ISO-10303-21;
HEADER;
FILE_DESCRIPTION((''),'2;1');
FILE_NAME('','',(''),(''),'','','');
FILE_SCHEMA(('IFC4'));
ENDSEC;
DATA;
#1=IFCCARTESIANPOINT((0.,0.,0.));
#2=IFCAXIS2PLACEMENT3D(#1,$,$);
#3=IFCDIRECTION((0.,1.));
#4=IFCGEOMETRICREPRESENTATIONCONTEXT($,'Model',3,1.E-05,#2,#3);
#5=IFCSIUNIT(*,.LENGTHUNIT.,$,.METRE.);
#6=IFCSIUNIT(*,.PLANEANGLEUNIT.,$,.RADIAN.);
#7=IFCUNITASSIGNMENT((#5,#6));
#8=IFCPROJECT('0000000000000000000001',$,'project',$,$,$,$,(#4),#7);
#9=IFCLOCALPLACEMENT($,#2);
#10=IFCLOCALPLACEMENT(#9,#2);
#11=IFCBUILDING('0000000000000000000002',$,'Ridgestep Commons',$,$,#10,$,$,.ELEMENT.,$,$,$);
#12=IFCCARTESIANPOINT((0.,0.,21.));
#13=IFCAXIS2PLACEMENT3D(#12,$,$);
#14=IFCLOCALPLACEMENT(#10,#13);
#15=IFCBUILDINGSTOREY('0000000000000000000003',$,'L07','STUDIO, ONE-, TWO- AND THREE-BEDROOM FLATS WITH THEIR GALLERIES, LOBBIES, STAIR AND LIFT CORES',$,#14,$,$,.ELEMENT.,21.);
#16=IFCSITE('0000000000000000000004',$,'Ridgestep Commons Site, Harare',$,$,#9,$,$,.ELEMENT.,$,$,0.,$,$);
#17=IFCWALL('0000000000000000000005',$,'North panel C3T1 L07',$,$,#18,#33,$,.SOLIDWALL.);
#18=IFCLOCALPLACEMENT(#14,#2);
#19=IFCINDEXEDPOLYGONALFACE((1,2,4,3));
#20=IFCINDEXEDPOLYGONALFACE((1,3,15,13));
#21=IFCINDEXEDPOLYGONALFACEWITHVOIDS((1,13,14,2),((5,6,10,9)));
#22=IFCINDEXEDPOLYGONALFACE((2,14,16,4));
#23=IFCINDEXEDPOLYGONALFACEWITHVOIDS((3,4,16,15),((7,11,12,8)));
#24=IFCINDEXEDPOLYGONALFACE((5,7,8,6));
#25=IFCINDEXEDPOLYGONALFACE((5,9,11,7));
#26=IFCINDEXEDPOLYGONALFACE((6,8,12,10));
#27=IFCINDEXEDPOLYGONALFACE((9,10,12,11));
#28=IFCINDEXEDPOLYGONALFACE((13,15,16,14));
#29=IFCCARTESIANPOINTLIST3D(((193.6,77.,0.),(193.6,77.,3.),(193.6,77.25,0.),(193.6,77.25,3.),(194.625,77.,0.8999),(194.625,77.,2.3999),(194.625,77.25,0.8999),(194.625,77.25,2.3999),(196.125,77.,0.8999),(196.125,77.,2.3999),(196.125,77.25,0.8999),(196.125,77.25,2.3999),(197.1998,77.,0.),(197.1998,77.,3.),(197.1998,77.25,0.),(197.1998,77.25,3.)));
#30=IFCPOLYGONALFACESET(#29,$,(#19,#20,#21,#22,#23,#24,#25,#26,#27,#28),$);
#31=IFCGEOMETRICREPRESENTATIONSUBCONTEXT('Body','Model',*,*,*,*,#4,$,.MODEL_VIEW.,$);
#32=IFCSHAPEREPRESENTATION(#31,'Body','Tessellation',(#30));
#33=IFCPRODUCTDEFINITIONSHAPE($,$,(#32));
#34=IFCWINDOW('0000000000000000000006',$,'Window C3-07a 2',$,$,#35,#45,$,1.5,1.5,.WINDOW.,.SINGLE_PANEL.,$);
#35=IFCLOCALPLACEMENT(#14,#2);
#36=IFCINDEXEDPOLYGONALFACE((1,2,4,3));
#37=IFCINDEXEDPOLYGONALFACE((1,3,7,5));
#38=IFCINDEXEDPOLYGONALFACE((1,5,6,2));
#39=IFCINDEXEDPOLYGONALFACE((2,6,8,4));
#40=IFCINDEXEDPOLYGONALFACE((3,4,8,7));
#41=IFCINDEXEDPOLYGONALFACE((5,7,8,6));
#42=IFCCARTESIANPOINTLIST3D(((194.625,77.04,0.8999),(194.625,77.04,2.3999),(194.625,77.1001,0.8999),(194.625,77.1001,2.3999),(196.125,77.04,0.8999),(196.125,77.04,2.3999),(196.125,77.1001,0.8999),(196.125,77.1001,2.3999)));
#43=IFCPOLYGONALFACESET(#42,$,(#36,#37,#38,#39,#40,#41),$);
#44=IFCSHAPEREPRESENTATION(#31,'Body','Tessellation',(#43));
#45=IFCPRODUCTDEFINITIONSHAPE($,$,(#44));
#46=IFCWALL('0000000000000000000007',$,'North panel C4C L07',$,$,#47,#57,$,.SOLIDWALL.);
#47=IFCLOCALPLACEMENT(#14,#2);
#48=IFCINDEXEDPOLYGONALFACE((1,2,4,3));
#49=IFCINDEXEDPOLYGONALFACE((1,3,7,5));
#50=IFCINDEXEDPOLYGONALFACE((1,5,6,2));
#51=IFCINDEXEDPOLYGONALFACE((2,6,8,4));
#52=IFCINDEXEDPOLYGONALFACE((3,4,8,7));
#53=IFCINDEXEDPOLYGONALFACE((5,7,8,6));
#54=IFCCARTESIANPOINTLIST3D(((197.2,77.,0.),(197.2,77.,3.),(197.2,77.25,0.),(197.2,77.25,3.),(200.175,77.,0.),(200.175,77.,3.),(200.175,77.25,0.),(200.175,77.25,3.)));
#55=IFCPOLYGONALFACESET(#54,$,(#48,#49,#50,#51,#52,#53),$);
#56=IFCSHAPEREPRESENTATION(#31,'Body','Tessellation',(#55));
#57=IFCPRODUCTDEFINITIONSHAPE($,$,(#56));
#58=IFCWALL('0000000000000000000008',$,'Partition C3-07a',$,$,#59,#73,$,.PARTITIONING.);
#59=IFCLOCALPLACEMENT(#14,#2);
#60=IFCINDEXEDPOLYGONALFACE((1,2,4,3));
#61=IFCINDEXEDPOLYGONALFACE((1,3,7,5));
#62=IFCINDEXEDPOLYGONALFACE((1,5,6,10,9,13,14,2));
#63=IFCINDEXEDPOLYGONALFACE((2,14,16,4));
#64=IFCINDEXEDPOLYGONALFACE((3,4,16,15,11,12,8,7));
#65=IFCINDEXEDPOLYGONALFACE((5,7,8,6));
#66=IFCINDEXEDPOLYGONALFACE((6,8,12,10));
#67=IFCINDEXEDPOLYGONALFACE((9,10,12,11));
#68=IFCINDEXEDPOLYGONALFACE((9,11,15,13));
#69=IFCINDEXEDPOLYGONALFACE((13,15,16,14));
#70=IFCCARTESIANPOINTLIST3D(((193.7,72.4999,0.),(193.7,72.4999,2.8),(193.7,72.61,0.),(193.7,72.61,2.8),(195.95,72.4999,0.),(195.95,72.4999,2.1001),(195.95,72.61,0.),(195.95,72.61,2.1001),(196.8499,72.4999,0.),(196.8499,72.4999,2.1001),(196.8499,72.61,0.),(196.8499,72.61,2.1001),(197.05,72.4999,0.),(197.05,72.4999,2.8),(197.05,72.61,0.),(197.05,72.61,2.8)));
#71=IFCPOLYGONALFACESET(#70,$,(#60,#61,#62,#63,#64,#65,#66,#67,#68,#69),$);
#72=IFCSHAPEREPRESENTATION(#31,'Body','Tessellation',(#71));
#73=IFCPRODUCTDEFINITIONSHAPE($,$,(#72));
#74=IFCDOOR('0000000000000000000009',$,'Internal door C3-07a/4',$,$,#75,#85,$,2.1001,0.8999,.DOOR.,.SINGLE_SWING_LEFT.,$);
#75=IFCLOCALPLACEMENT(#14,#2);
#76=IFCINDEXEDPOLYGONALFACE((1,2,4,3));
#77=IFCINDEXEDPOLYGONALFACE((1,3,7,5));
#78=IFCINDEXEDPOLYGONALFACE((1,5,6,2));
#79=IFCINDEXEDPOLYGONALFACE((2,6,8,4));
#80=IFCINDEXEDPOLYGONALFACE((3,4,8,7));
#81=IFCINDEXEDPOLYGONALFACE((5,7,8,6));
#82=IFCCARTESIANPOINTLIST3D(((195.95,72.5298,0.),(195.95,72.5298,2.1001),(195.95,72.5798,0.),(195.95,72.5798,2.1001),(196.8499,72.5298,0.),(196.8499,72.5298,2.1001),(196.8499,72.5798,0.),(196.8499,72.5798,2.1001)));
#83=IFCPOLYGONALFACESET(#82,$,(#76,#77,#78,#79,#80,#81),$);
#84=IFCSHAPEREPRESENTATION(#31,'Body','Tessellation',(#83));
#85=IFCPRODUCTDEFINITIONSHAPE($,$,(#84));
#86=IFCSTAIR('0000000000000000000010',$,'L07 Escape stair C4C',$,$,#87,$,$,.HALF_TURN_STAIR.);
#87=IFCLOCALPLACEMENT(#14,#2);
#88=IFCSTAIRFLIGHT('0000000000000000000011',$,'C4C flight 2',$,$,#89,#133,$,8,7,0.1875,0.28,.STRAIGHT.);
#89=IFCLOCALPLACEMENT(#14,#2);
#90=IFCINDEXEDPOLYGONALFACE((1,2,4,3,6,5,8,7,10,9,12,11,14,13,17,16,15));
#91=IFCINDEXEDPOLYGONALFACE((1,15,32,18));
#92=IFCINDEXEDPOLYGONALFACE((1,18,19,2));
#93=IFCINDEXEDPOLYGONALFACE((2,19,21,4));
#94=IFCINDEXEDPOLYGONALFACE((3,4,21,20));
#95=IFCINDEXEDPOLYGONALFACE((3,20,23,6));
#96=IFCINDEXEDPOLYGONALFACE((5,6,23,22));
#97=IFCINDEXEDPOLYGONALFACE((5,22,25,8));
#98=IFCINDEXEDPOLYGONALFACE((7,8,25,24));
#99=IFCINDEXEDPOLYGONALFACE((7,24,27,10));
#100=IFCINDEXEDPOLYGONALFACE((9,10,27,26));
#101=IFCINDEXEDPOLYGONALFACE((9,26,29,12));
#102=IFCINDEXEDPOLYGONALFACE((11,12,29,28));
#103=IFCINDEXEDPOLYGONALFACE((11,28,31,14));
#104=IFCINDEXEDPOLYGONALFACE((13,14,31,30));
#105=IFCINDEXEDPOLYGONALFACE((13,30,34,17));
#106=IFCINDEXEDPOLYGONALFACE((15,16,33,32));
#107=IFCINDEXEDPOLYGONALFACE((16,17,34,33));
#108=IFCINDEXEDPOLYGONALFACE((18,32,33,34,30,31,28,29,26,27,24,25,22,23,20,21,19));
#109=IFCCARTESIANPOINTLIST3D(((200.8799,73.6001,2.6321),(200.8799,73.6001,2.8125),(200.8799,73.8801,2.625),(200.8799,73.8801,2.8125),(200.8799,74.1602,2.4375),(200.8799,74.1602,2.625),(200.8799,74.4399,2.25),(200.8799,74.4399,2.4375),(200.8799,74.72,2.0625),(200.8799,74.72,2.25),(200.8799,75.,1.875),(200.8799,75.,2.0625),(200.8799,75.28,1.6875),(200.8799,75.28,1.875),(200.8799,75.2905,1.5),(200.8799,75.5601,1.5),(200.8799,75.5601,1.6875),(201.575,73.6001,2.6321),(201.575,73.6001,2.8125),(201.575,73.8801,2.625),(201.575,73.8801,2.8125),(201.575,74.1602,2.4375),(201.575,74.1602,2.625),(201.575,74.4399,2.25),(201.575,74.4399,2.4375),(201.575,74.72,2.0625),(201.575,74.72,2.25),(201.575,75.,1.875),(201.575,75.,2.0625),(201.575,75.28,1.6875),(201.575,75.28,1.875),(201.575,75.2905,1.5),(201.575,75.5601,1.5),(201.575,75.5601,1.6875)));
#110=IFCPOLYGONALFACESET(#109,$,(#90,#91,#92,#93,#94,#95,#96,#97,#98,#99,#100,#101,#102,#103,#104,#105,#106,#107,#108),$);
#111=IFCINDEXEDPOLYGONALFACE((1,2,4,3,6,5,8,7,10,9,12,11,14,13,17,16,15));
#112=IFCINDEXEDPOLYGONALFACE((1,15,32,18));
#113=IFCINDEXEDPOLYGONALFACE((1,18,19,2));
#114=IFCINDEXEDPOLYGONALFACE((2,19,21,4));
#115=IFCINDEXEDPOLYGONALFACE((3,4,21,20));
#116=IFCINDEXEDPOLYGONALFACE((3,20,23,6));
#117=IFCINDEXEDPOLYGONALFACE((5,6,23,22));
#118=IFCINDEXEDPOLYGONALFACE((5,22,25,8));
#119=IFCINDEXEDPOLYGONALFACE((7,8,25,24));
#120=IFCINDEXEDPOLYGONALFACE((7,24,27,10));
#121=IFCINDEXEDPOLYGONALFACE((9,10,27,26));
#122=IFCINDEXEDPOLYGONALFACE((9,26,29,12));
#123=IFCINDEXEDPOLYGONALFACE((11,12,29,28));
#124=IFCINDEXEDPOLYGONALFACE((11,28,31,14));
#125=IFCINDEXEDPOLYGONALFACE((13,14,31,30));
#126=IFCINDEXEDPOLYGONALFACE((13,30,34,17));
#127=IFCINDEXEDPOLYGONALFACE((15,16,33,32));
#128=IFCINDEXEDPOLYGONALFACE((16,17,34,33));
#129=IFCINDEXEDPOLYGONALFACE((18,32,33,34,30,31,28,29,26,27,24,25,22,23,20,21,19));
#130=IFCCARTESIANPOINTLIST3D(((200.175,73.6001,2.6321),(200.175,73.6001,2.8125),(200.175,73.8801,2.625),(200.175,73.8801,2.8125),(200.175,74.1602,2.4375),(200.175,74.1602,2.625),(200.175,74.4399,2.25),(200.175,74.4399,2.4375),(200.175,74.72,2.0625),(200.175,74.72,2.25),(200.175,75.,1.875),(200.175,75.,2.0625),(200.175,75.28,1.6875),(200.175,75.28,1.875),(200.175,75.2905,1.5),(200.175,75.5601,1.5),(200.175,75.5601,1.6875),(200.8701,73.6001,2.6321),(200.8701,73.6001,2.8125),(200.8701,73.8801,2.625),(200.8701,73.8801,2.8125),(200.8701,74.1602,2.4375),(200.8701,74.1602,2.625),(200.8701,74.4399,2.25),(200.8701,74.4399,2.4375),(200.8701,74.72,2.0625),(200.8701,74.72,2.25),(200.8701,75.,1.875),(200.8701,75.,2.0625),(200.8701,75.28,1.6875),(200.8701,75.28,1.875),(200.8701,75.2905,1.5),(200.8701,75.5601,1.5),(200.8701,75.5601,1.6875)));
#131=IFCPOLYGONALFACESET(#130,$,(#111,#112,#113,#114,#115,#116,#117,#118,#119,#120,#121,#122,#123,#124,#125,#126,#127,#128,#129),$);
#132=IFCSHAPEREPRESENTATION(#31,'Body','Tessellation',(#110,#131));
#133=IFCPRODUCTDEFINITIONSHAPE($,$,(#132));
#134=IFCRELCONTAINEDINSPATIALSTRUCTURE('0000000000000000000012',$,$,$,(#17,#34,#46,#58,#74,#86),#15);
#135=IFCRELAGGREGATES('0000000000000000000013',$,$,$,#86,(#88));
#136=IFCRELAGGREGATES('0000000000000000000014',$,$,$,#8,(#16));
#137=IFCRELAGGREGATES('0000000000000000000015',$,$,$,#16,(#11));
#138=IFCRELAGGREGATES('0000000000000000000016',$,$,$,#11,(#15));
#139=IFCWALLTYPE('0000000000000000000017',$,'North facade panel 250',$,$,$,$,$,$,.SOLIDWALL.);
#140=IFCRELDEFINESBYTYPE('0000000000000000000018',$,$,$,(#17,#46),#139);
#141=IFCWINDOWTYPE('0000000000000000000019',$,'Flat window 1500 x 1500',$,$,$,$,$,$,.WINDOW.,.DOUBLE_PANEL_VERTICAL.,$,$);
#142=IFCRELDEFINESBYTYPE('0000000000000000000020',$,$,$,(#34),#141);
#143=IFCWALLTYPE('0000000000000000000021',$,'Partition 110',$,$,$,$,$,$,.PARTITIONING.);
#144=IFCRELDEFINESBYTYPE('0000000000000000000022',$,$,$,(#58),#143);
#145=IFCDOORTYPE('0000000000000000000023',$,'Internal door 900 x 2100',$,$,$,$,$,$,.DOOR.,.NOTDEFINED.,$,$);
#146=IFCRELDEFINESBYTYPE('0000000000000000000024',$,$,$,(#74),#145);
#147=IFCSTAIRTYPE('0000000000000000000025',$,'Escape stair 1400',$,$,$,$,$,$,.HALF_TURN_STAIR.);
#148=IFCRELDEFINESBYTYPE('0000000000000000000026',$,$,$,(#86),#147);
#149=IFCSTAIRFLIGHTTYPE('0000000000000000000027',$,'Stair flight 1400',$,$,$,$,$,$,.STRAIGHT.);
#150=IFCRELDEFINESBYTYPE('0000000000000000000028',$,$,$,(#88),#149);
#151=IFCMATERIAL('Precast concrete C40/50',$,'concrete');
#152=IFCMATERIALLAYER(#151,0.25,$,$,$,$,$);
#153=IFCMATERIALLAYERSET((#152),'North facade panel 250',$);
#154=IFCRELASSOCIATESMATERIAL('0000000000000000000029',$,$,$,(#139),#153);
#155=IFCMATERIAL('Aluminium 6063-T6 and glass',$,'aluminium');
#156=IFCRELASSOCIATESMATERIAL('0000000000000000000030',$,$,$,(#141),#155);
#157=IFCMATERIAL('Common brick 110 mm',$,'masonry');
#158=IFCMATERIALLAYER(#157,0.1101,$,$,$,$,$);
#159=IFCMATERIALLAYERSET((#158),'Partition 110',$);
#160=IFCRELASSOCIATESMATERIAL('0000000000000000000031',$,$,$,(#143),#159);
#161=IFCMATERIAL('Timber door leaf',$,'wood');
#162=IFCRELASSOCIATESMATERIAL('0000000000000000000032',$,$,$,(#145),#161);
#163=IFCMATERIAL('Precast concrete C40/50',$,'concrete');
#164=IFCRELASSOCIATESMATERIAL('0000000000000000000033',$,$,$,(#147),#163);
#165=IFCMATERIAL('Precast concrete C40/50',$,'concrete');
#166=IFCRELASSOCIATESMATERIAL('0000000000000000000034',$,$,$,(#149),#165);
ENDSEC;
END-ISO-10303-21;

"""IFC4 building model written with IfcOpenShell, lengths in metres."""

from ifc_helpers import new_model, si_unit, direction, frame, frame_2d, origin, place, context, subcontext, project, spatial, polyline, rectangle, outline, extrude, material, layer, layer_set, type_object, element, fill, aggregate, save


model = new_model("IFC4")

# Units and contexts
model_context = context("Model", 3, precision=1e-05, world=origin(), true_north=direction((0.0, 1.0)))
body_context = subcontext(model_context, "Body", "Model", "MODEL_VIEW")
ifc_project = project(units=[si_unit("LENGTHUNIT", "METRE"), si_unit("PLANEANGLEUNIT", "RADIAN")], contexts=[model_context])

# Site, building, storey
site_placement = place(None, origin())
site = spatial("IfcSite", under=ifc_project, at=site_placement, Name="Ridgestep Commons Site, Harare", CompositionType="ELEMENT", RefElevation=0.0)
building_placement = place(site_placement, origin())
building = spatial("IfcBuilding", under=site, at=building_placement, Name="Ridgestep Commons", CompositionType="ELEMENT")
storey_placement = place(building_placement, frame((0.0, 0.0, 21.0)))
storey = spatial("IfcBuildingStorey", under=building, at=storey_placement, Name="L07", Description="STUDIO, ONE-, TWO- AND THREE-BEDROOM FLATS WITH THEIR GALLERIES, LOBBIES, STAIR AND LIFT CORES", CompositionType="ELEMENT", Elevation=21.0)

# Wall, opening, window
ifc_material_1 = material(Name="Precast concrete C40/50", Category="concrete")
ifc_layer_1 = layer(ifc_material_1, 0.25)
ifc_layer_set_1 = layer_set([ifc_layer_1], Name="North facade panel 250")
wall_type_1 = type_object("IfcWallType", Name="North facade panel 250", PredefinedType="SOLIDWALL", material=ifc_layer_set_1)
wall_1_placement = place(storey_placement, frame((193.6001, 77.125, 0.0), z_axis=(0.0, 0.0, 1.0), x_axis=(1.0, 0.0, 0.0)))
wall_1 = element("IfcWall", 1, at=wall_1_placement, inside=storey, type_object=wall_type_1, Name="North panel C3T1 L07", PredefinedType="SOLIDWALL", context=body_context, shape_type="SweptSolid", body=[
    extrude(rectangle(XDim=3.5999, YDim=0.25, at=frame_2d((1.7998, 0.0))), origin(), (0.0, 0.0, 1.0), 3.0),
])
opening_1_placement = place(wall_1_placement, frame((1.0249, 0.0, 0.8999)))
opening_1 = element("IfcOpeningElement", 2, at=opening_1_placement, cuts=wall_1, PredefinedType="OPENING", context=body_context, shape_type="SweptSolid", body=[
    extrude(rectangle(XDim=1.5, YDim=1.5, at=frame_2d((0.75, 0.75))), frame((0.0, 0.135, 0.0), z_axis=(0.0, -1.0, 0.0), x_axis=(1.0, 0.0, 0.0)), (0.0, 0.0, 1.0), 0.27),
])
ifc_material_2 = material(Name="Aluminium 6063-T6 and glass", Category="aluminium")
window_type = type_object("IfcWindowType", Name="Flat window 1500 x 1500", PartitioningType="DOUBLE_PANEL_VERTICAL", PredefinedType="WINDOW", material=ifc_material_2)
window_placement = place(opening_1_placement, origin())
window = element("IfcWindow", 3, at=window_placement, inside=storey, type_object=window_type, Name="Window C3-07a 2", OverallHeight=1.5, OverallWidth=1.5, PartitioningType="SINGLE_PANEL", PredefinedType="WINDOW", context=body_context, shape_type="SweptSolid", body=[
    extrude(rectangle(XDim=1.5, YDim=1.5, at=frame_2d((0.75, 0.75))), frame((0.0, -0.0249, 0.0), z_axis=(0.0, -1.0, 0.0), x_axis=(1.0, 0.0, 0.0)), (0.0, 0.0, 1.0), 0.0601),
])
fill(opening_1, window)

# Wall
wall_2_placement = place(storey_placement, frame((197.2, 77.125, 0.0), z_axis=(0.0, 0.0, 1.0), x_axis=(1.0, 0.0, 0.0)))
element("IfcWall", 4, at=wall_2_placement, inside=storey, type_object=wall_type_1, Name="North panel C4C L07", PredefinedType="SOLIDWALL", context=body_context, shape_type="SweptSolid", body=[
    extrude(rectangle(XDim=2.9751, YDim=0.25, at=frame_2d((1.4875, 0.0))), origin(), (0.0, 0.0, 1.0), 3.0),
])

# Wall, opening, door
ifc_material_3 = material(Name="Common brick 110 mm", Category="masonry")
ifc_layer_2 = layer(ifc_material_3, 0.1101)
ifc_layer_set_2 = layer_set([ifc_layer_2], Name="Partition 110")
wall_type_2 = type_object("IfcWallType", Name="Partition 110", PredefinedType="PARTITIONING", material=ifc_layer_set_2)
wall_3_placement = place(storey_placement, frame((193.7, 72.5549, 0.0), z_axis=(0.0, 0.0, 1.0), x_axis=(1.0, 0.0, 0.0)))
wall_3 = element("IfcWall", 5, at=wall_3_placement, inside=storey, type_object=wall_type_2, Name="Partition C3-07a", PredefinedType="PARTITIONING", context=body_context, shape_type="SweptSolid", body=[
    extrude(rectangle(XDim=3.3501, YDim=0.1101, at=frame_2d((1.675, 0.0))), origin(), (0.0, 0.0, 1.0), 2.8),
])
opening_2_placement = place(wall_3_placement, frame((2.25, 0.0, 0.0)))
opening_2 = element("IfcOpeningElement", 6, at=opening_2_placement, cuts=wall_3, PredefinedType="OPENING", context=body_context, shape_type="SweptSolid", body=[
    extrude(rectangle(XDim=0.8999, YDim=2.1001, at=frame_2d((0.45, 1.05))), frame((0.0, 0.0649, 0.0), z_axis=(0.0, -1.0, 0.0), x_axis=(1.0, 0.0, 0.0)), (0.0, 0.0, 1.0), 0.1301),
])
ifc_material_4 = material(Name="Timber door leaf", Category="wood")
door_type_1 = type_object("IfcDoorType", Name="Internal door 900 x 2100", OperationType="NOTDEFINED", PredefinedType="DOOR", material=ifc_material_4)
door_1_placement = place(opening_2_placement, origin())
door_1 = element("IfcDoor", 7, at=door_1_placement, inside=storey, type_object=door_type_1, Name="Internal door C3-07a/4", OperationType="SINGLE_SWING_LEFT", OverallHeight=2.1001, OverallWidth=0.8999, PredefinedType="DOOR", context=body_context, shape_type="SweptSolid", body=[
    extrude(rectangle(XDim=0.8999, YDim=2.1001, at=frame_2d((0.45, 1.05))), frame((0.0, 0.0249, 0.0), z_axis=(0.0, -1.0, 0.0), x_axis=(1.0, 0.0, 0.0)), (0.0, 0.0, 1.0), 0.05),
])
fill(opening_2, door_1)

# Stair, stair flight
ifc_material_5 = material(Name="Precast concrete C40/50", Category="concrete")
stair_type = type_object("IfcStairType", Name="Escape stair 1400", PredefinedType="HALF_TURN_STAIR", material=ifc_material_5)
stair_placement = place(storey_placement, origin())
stair = element("IfcStair", 8, at=stair_placement, inside=storey, type_object=stair_type, Name="L07 Escape stair C4C", PredefinedType="HALF_TURN_STAIR")
ifc_material_6 = material(Name="Precast concrete C40/50", Category="concrete")
stair_flight_type = type_object("IfcStairFlightType", Name="Stair flight 1400", PredefinedType="STRAIGHT", material=ifc_material_6)
stair_flight_placement = place(storey_placement, frame((200.875, 75.5601, 1.5), z_axis=(0.0, 0.0, 1.0), x_axis=(0.0, -1.0, 0.0)))
stair_flight = element("IfcStairFlight", 9, at=stair_flight_placement, type_object=stair_flight_type, Name="C4C flight 2", NumberOfRisers=8, NumberOfTreads=7, PredefinedType="STRAIGHT", RiserHeight=0.1875, TreadLength=0.28, context=body_context, shape_type="SweptSolid", body=[
    extrude(outline(polyline([(0.0, 0.0), (0.0, 0.1875), (0.28, 0.1875), (0.28, 0.375), (0.5601, 0.375), (0.5601, 0.5625), (0.8401, 0.5625), (0.8401, 0.75), (1.1201, 0.75), (1.1201, 0.9375), (1.3999, 0.9375), (1.3999, 1.125), (1.6799, 1.125), (1.6799, 1.3125), (1.96, 1.3125), (1.96, 1.5), (1.96, 1.1321), (0.2695, 0.0), (0.0, 0.0)])), frame((0.0, 0.7, 0.0), z_axis=(0.0, -1.0, 0.0), x_axis=(1.0, 0.0, 0.0)), (0.0, 0.0, 1.0), 0.6951),
    extrude(outline(polyline([(0.0, 0.0), (0.0, 0.1875), (0.28, 0.1875), (0.28, 0.375), (0.5601, 0.375), (0.5601, 0.5625), (0.8401, 0.5625), (0.8401, 0.75), (1.1201, 0.75), (1.1201, 0.9375), (1.3999, 0.9375), (1.3999, 1.125), (1.6799, 1.125), (1.6799, 1.3125), (1.96, 1.3125), (1.96, 1.5), (1.96, 1.1321), (0.2695, 0.0), (0.0, 0.0)])), frame((0.0, -0.0049, 0.0), z_axis=(0.0, -1.0, 0.0), x_axis=(1.0, 0.0, 0.0)), (0.0, 0.0, 1.0), 0.6951),
])
aggregate(stair, [stair_flight])

save(model, "model.ifc")
